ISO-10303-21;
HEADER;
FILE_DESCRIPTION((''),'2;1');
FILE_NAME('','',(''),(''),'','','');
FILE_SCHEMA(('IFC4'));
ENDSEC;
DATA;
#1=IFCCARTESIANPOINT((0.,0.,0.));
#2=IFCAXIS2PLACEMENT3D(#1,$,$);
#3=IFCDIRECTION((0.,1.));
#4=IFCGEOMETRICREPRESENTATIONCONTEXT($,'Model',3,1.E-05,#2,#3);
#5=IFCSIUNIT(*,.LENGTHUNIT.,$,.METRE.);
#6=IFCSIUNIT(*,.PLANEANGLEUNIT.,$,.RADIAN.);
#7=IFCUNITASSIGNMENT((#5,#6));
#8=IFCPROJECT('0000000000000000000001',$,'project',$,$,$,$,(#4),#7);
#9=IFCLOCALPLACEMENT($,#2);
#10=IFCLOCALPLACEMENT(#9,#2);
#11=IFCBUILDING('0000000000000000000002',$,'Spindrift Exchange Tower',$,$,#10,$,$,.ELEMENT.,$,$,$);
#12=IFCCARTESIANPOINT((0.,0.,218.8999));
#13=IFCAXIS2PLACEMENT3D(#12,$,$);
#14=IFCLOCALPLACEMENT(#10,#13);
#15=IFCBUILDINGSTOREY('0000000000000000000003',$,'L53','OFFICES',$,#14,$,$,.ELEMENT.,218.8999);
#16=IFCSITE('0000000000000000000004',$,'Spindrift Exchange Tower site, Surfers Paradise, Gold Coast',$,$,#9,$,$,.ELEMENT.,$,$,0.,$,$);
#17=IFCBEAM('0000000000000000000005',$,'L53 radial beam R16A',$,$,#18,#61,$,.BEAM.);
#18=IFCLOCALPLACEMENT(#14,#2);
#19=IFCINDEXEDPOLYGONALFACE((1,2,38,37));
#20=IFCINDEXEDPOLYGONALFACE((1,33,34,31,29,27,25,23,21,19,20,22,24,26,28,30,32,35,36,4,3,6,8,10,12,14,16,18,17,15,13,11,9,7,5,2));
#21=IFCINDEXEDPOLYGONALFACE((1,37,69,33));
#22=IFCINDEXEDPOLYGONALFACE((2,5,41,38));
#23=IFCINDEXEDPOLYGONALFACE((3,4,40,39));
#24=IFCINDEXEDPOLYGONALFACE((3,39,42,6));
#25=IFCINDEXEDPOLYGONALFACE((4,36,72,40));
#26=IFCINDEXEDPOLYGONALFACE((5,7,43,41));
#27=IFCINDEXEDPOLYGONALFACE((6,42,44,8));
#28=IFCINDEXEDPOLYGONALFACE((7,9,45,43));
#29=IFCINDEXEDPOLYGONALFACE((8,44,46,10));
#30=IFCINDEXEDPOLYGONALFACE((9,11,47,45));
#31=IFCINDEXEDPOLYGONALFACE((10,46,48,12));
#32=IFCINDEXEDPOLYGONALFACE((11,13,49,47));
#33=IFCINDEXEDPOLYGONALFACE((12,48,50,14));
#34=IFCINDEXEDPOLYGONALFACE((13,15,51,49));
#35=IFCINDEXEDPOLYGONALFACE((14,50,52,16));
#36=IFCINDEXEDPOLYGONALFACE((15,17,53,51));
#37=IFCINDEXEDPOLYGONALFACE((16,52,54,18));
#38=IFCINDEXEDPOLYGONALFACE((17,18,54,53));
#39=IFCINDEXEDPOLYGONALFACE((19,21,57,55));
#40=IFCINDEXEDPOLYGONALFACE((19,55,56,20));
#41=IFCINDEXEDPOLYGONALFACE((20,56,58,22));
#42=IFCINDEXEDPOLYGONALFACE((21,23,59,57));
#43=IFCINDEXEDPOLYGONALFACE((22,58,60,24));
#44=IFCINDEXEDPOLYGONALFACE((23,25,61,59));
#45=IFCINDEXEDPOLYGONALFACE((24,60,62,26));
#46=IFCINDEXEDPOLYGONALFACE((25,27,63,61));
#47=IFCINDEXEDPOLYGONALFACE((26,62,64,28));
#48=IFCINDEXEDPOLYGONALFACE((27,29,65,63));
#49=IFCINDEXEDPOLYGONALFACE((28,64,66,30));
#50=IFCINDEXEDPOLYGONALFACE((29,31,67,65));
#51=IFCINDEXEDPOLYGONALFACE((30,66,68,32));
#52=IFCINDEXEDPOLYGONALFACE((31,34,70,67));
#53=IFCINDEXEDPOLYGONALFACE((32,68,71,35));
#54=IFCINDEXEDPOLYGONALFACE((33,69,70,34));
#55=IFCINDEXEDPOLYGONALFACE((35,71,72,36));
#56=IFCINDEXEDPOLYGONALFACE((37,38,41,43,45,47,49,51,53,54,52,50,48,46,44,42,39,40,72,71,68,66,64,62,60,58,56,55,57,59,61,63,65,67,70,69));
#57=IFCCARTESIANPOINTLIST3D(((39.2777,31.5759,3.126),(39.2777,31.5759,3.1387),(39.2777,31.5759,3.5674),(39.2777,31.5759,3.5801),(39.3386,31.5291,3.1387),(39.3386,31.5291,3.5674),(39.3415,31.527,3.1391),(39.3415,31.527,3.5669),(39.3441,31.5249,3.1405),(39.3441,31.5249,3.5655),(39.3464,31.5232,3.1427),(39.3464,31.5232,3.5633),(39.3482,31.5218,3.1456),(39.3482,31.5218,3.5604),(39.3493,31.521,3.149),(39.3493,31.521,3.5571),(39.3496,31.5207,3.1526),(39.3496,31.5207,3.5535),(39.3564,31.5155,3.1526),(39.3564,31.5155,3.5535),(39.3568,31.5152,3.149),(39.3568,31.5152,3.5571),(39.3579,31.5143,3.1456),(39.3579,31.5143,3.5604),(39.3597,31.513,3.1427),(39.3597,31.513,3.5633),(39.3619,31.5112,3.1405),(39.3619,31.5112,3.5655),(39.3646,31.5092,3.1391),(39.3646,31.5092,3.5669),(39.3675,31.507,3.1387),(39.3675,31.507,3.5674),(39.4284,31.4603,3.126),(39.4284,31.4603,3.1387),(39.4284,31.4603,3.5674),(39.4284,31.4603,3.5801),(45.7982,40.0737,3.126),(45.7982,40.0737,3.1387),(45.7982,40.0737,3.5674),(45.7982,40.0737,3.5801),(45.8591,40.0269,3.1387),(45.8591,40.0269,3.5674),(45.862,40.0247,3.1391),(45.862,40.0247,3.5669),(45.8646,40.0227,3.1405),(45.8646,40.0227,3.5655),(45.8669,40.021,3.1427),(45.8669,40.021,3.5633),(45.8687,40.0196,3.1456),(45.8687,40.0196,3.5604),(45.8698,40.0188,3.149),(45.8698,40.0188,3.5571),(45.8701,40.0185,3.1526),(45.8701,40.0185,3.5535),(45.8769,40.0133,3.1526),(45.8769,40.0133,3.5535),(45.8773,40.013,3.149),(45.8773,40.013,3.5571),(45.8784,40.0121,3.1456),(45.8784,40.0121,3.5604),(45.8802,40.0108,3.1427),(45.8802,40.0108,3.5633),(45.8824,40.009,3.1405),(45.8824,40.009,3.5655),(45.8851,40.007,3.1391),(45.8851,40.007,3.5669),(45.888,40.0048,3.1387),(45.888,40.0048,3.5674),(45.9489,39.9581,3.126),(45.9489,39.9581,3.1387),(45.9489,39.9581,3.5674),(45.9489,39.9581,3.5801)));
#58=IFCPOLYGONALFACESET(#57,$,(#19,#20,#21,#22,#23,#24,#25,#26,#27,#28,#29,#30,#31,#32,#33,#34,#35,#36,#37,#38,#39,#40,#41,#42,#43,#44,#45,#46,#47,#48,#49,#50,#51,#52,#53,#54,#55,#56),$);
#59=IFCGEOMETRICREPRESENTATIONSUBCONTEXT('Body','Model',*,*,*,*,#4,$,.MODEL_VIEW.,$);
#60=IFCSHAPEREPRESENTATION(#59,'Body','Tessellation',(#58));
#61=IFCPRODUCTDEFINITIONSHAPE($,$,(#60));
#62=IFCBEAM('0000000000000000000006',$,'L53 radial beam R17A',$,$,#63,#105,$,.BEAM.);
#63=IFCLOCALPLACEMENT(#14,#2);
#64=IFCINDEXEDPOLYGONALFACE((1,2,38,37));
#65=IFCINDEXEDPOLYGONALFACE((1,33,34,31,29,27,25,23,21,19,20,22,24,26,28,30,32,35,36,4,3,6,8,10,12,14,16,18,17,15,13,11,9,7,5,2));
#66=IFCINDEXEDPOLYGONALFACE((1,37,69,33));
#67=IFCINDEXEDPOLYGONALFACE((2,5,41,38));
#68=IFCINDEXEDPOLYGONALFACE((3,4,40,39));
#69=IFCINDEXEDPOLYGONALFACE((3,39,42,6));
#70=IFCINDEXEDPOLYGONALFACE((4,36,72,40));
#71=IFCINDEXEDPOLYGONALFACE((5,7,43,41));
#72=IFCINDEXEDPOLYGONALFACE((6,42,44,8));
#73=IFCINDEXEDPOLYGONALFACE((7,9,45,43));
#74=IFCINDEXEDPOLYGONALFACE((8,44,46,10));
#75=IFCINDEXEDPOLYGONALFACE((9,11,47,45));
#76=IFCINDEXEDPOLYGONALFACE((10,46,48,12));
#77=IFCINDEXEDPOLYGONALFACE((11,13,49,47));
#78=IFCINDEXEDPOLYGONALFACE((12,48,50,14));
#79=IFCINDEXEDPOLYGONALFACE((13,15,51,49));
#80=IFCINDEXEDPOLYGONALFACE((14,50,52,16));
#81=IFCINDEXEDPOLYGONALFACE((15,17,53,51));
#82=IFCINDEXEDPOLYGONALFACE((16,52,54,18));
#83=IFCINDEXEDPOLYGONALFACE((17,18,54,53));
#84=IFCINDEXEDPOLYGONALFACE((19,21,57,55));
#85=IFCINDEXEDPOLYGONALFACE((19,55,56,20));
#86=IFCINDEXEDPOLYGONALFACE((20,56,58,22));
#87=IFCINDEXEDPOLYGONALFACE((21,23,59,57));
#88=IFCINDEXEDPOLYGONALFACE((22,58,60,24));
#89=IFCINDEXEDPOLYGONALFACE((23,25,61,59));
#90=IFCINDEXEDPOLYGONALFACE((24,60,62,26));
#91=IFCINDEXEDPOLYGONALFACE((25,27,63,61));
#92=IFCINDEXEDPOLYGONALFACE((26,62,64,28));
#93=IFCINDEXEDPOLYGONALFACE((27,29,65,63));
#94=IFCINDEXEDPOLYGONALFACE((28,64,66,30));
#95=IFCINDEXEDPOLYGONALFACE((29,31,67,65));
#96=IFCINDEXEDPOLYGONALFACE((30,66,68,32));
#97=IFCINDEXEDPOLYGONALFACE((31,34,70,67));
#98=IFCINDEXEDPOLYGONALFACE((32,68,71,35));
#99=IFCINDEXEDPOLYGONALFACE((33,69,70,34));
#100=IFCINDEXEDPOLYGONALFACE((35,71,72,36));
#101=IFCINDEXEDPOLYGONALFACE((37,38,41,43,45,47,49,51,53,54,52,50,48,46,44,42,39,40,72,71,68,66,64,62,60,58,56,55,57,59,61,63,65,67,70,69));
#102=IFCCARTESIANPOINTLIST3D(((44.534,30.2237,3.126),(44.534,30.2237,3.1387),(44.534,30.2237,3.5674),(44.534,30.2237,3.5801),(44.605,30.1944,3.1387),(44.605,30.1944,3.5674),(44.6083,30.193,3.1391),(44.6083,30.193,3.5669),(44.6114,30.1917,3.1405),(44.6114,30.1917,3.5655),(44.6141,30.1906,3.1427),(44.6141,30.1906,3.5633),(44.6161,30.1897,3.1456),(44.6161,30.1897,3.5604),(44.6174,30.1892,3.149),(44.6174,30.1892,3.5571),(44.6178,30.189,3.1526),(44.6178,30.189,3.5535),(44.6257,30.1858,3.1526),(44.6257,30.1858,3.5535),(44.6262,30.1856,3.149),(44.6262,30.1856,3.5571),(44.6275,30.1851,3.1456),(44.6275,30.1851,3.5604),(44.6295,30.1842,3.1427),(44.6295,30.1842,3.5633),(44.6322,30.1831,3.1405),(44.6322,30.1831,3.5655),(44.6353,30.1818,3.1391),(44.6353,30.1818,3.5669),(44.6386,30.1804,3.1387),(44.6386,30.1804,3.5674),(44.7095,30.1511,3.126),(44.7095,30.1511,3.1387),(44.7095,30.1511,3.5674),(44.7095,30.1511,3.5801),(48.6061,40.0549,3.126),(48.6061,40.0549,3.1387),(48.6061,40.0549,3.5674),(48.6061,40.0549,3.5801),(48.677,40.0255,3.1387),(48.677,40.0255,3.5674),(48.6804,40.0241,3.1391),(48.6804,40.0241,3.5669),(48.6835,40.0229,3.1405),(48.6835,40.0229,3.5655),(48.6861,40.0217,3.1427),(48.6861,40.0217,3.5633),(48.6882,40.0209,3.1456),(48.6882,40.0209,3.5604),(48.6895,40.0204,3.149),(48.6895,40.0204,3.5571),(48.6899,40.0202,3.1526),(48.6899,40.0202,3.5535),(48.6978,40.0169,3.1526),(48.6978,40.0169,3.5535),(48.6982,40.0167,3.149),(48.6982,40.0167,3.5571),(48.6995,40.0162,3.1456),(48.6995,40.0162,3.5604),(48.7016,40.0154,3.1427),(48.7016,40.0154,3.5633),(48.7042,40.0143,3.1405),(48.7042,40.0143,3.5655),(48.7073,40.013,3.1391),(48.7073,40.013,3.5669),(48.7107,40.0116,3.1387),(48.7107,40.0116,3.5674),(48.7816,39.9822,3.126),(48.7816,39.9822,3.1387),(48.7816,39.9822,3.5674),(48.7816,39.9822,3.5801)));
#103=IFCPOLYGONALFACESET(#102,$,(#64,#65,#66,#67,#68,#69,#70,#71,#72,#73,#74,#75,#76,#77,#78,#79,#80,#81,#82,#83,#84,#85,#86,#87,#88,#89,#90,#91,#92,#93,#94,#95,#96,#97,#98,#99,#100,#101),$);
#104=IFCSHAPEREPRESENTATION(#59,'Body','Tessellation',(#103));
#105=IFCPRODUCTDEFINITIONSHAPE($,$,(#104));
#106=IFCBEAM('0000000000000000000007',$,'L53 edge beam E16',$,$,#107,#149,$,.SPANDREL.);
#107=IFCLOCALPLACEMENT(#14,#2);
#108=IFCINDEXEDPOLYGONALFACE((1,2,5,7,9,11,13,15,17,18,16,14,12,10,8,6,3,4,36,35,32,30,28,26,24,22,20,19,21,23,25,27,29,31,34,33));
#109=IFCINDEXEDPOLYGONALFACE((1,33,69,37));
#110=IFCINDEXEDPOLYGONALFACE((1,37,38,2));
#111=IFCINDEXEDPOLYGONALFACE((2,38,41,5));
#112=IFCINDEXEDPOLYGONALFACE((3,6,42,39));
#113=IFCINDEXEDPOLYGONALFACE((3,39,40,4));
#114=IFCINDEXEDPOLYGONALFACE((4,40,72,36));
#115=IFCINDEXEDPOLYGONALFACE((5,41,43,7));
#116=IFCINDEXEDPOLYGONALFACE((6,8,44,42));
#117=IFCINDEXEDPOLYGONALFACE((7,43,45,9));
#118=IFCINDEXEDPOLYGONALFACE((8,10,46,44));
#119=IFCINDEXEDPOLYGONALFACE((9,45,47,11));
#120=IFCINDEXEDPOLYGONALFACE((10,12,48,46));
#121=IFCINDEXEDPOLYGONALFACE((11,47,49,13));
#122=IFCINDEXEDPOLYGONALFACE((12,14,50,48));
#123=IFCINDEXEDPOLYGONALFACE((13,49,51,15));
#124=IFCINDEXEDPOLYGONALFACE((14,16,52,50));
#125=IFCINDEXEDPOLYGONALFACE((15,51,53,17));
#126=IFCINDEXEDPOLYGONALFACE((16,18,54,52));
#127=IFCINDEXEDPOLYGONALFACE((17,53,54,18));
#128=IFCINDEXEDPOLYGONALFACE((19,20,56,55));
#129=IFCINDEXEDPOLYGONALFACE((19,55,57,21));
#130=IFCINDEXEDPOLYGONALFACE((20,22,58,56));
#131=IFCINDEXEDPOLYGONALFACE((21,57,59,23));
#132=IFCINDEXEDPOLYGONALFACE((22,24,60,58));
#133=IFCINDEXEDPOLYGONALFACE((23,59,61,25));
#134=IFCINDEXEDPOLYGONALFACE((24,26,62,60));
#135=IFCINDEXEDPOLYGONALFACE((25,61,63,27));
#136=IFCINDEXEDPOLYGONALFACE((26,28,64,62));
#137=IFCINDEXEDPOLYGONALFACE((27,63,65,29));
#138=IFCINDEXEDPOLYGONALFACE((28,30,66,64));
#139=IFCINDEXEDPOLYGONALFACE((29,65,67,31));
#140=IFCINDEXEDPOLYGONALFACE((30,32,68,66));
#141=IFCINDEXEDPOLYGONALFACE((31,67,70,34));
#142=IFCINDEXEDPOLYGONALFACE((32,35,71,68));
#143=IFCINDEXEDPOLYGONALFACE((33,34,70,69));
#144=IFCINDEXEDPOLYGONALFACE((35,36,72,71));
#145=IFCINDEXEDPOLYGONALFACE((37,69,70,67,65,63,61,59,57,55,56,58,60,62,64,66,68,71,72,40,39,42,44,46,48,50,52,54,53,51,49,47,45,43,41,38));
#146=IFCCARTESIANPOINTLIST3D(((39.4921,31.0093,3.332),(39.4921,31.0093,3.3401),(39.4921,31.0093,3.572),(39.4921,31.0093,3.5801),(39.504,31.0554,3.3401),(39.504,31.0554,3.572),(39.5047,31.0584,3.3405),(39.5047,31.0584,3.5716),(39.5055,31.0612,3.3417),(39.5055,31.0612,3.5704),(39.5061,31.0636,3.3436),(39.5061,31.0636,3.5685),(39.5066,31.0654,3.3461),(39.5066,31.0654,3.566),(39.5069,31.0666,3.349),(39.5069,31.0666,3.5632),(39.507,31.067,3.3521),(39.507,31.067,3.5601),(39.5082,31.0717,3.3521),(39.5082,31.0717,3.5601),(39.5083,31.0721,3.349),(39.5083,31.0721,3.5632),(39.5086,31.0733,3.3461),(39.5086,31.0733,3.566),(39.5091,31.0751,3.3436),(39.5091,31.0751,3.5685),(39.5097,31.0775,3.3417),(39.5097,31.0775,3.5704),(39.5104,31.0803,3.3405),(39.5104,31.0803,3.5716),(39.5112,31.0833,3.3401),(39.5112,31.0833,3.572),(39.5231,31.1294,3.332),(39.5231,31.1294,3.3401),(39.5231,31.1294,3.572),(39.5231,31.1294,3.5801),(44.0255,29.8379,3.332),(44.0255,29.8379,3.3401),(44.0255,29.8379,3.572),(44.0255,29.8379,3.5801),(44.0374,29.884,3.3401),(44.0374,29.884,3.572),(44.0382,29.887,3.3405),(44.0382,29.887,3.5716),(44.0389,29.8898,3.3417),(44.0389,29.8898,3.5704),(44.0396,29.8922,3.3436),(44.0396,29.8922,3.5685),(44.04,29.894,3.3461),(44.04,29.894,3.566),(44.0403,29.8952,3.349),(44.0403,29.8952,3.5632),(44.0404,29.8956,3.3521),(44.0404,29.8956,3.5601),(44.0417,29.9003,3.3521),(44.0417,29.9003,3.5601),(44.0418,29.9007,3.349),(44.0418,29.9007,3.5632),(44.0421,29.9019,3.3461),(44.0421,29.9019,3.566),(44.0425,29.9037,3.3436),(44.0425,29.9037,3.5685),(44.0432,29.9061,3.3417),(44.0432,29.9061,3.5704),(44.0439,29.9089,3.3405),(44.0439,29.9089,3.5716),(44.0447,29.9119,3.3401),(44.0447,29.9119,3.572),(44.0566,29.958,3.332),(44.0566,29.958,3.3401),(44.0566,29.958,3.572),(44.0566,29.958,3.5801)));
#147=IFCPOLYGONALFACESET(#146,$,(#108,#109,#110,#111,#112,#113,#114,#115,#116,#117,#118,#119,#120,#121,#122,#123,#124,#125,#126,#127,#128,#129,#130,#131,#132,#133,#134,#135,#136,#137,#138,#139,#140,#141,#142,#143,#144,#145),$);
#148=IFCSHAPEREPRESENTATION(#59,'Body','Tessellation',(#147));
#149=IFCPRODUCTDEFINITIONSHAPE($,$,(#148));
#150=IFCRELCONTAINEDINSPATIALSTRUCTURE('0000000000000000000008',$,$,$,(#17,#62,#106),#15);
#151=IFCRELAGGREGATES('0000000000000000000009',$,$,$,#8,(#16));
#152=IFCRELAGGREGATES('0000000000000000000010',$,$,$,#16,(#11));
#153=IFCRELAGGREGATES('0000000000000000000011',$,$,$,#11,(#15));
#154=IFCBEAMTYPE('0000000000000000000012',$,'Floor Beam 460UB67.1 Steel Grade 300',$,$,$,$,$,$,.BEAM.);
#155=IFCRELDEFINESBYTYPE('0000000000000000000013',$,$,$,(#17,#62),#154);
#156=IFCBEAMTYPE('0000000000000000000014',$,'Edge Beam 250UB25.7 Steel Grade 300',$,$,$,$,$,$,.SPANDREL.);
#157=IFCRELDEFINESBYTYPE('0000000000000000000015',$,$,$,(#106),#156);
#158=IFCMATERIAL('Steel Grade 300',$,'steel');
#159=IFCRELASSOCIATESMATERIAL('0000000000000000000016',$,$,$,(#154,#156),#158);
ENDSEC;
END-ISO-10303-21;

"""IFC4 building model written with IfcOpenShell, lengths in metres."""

from ifc_helpers import new_model, si_unit, direction, frame, origin, origin_2d, place, context, subcontext, project, spatial, i_section, extrude, source, transform, mapped, material, material_profile, profile_set, type_object, element, save


model = new_model("IFC4")

# Units and contexts
model_context = context("Model", 3, precision=1e-05, world=origin(), true_north=direction((0.0, 1.0)))
body_context = subcontext(model_context, "Body", "Model", "MODEL_VIEW")
ifc_project = project(units=[si_unit("LENGTHUNIT", "METRE"), si_unit("PLANEANGLEUNIT", "RADIAN")], contexts=[model_context])

# Site, building, storey
site_placement = place(None, origin())
site = spatial("IfcSite", under=ifc_project, at=site_placement, Name="Spindrift Exchange Tower site, Surfers Paradise, Gold Coast", CompositionType="ELEMENT", RefElevation=0.0)
building_placement = place(site_placement, origin())
building = spatial("IfcBuilding", under=site, at=building_placement, Name="Spindrift Exchange Tower", CompositionType="ELEMENT")
storey_placement = place(building_placement, frame((0.0, 0.0, 218.8999)))
storey = spatial("IfcBuildingStorey", under=building, at=storey_placement, Name="L53", Description="OFFICES", CompositionType="ELEMENT", Elevation=218.8999)

# Beams
ifc_material_1 = material(Name="Steel Grade 300", Category="steel")
ifc_material_profile_1 = material_profile(ifc_material_1, i_section(OverallWidth=0.1899, OverallDepth=0.4541, WebThickness=0.0085, FlangeThickness=0.0127, FilletRadius=0.0139, at=origin_2d()), Name="460UB67.1")
ifc_profile_set_1 = profile_set([ifc_material_profile_1], Name="Steel Grade 300")
beam_type_1 = type_object("IfcBeamType", Name="Floor Beam 460UB67.1 Steel Grade 300", PredefinedType="BEAM", material=ifc_profile_set_1)
shared_shape_1 = source(origin(), body_context, "Body", "SweptSolid", [
    extrude(i_section(OverallWidth=0.1899, OverallDepth=0.4541, WebThickness=0.0085, FlangeThickness=0.0127, FilletRadius=0.0139, at=origin_2d()), origin(), (0.0, 0.0, 1.0), 10.7112),
])
beam_1_placement = place(storey_placement, frame((45.8735, 40.0159, 3.353), z_axis=(-0.608756, -0.793357, 0.0), x_axis=(0.793357, -0.608756, 0.0)))
element("IfcBeam", 1, at=beam_1_placement, inside=storey, type_object=beam_type_1, Name="L53 radial beam R16A", PredefinedType="BEAM", context=body_context, shape_type="MappedRepresentation", body=[
    mapped(shared_shape_1, transform((0.0, 0.0, 0.0), scale=1.0)),
])
shared_shape_2 = source(origin(), body_context, "Body", "SweptSolid", [
    extrude(i_section(OverallWidth=0.1899, OverallDepth=0.4541, WebThickness=0.0085, FlangeThickness=0.0127, FilletRadius=0.0139, at=origin_2d()), origin(), (0.0, 0.0, 1.0), 10.6411),
])
beam_2_placement = place(storey_placement, frame((48.6938, 40.0186, 3.353), z_axis=(-0.382673, -0.923884, 0.0), x_axis=(0.923884, -0.382673, 0.0)))
element("IfcBeam", 2, at=beam_2_placement, inside=storey, type_object=beam_type_1, Name="L53 radial beam R17A", PredefinedType="BEAM", context=body_context, shape_type="MappedRepresentation", body=[
    mapped(shared_shape_2, transform((0.0, 0.0, 0.0), scale=1.0)),
])
ifc_material_profile_2 = material_profile(ifc_material_1, i_section(OverallWidth=0.124, OverallDepth=0.248, WebThickness=0.0049, FlangeThickness=0.0081, FilletRadius=0.012, at=origin_2d()), Name="250UB25.7")
ifc_profile_set_2 = profile_set([ifc_material_profile_2], Name="Steel Grade 300")
beam_type_2 = type_object("IfcBeamType", Name="Edge Beam 250UB25.7 Steel Grade 300", PredefinedType="SPANDREL", material=ifc_profile_set_2)
shared_shape_3 = source(origin(), body_context, "Body", "SweptSolid", [
    extrude(i_section(OverallWidth=0.124, OverallDepth=0.248, WebThickness=0.0049, FlangeThickness=0.0081, FilletRadius=0.012, at=origin_2d()), origin(), (0.0, 0.0, 1.0), 4.6824),
])
beam_3_placement = place(storey_placement, frame((39.5076, 31.0693, 3.4561), z_axis=(0.968202, -0.250171, 0.0), x_axis=(0.250171, 0.968202, 0.0)))
element("IfcBeam", 3, at=beam_3_placement, inside=storey, type_object=beam_type_2, Name="L53 edge beam E16", PredefinedType="SPANDREL", context=body_context, shape_type="MappedRepresentation", body=[
    mapped(shared_shape_3, transform((0.0, 0.0, 0.0), scale=1.0)),
])

save(model, "model.ifc")
